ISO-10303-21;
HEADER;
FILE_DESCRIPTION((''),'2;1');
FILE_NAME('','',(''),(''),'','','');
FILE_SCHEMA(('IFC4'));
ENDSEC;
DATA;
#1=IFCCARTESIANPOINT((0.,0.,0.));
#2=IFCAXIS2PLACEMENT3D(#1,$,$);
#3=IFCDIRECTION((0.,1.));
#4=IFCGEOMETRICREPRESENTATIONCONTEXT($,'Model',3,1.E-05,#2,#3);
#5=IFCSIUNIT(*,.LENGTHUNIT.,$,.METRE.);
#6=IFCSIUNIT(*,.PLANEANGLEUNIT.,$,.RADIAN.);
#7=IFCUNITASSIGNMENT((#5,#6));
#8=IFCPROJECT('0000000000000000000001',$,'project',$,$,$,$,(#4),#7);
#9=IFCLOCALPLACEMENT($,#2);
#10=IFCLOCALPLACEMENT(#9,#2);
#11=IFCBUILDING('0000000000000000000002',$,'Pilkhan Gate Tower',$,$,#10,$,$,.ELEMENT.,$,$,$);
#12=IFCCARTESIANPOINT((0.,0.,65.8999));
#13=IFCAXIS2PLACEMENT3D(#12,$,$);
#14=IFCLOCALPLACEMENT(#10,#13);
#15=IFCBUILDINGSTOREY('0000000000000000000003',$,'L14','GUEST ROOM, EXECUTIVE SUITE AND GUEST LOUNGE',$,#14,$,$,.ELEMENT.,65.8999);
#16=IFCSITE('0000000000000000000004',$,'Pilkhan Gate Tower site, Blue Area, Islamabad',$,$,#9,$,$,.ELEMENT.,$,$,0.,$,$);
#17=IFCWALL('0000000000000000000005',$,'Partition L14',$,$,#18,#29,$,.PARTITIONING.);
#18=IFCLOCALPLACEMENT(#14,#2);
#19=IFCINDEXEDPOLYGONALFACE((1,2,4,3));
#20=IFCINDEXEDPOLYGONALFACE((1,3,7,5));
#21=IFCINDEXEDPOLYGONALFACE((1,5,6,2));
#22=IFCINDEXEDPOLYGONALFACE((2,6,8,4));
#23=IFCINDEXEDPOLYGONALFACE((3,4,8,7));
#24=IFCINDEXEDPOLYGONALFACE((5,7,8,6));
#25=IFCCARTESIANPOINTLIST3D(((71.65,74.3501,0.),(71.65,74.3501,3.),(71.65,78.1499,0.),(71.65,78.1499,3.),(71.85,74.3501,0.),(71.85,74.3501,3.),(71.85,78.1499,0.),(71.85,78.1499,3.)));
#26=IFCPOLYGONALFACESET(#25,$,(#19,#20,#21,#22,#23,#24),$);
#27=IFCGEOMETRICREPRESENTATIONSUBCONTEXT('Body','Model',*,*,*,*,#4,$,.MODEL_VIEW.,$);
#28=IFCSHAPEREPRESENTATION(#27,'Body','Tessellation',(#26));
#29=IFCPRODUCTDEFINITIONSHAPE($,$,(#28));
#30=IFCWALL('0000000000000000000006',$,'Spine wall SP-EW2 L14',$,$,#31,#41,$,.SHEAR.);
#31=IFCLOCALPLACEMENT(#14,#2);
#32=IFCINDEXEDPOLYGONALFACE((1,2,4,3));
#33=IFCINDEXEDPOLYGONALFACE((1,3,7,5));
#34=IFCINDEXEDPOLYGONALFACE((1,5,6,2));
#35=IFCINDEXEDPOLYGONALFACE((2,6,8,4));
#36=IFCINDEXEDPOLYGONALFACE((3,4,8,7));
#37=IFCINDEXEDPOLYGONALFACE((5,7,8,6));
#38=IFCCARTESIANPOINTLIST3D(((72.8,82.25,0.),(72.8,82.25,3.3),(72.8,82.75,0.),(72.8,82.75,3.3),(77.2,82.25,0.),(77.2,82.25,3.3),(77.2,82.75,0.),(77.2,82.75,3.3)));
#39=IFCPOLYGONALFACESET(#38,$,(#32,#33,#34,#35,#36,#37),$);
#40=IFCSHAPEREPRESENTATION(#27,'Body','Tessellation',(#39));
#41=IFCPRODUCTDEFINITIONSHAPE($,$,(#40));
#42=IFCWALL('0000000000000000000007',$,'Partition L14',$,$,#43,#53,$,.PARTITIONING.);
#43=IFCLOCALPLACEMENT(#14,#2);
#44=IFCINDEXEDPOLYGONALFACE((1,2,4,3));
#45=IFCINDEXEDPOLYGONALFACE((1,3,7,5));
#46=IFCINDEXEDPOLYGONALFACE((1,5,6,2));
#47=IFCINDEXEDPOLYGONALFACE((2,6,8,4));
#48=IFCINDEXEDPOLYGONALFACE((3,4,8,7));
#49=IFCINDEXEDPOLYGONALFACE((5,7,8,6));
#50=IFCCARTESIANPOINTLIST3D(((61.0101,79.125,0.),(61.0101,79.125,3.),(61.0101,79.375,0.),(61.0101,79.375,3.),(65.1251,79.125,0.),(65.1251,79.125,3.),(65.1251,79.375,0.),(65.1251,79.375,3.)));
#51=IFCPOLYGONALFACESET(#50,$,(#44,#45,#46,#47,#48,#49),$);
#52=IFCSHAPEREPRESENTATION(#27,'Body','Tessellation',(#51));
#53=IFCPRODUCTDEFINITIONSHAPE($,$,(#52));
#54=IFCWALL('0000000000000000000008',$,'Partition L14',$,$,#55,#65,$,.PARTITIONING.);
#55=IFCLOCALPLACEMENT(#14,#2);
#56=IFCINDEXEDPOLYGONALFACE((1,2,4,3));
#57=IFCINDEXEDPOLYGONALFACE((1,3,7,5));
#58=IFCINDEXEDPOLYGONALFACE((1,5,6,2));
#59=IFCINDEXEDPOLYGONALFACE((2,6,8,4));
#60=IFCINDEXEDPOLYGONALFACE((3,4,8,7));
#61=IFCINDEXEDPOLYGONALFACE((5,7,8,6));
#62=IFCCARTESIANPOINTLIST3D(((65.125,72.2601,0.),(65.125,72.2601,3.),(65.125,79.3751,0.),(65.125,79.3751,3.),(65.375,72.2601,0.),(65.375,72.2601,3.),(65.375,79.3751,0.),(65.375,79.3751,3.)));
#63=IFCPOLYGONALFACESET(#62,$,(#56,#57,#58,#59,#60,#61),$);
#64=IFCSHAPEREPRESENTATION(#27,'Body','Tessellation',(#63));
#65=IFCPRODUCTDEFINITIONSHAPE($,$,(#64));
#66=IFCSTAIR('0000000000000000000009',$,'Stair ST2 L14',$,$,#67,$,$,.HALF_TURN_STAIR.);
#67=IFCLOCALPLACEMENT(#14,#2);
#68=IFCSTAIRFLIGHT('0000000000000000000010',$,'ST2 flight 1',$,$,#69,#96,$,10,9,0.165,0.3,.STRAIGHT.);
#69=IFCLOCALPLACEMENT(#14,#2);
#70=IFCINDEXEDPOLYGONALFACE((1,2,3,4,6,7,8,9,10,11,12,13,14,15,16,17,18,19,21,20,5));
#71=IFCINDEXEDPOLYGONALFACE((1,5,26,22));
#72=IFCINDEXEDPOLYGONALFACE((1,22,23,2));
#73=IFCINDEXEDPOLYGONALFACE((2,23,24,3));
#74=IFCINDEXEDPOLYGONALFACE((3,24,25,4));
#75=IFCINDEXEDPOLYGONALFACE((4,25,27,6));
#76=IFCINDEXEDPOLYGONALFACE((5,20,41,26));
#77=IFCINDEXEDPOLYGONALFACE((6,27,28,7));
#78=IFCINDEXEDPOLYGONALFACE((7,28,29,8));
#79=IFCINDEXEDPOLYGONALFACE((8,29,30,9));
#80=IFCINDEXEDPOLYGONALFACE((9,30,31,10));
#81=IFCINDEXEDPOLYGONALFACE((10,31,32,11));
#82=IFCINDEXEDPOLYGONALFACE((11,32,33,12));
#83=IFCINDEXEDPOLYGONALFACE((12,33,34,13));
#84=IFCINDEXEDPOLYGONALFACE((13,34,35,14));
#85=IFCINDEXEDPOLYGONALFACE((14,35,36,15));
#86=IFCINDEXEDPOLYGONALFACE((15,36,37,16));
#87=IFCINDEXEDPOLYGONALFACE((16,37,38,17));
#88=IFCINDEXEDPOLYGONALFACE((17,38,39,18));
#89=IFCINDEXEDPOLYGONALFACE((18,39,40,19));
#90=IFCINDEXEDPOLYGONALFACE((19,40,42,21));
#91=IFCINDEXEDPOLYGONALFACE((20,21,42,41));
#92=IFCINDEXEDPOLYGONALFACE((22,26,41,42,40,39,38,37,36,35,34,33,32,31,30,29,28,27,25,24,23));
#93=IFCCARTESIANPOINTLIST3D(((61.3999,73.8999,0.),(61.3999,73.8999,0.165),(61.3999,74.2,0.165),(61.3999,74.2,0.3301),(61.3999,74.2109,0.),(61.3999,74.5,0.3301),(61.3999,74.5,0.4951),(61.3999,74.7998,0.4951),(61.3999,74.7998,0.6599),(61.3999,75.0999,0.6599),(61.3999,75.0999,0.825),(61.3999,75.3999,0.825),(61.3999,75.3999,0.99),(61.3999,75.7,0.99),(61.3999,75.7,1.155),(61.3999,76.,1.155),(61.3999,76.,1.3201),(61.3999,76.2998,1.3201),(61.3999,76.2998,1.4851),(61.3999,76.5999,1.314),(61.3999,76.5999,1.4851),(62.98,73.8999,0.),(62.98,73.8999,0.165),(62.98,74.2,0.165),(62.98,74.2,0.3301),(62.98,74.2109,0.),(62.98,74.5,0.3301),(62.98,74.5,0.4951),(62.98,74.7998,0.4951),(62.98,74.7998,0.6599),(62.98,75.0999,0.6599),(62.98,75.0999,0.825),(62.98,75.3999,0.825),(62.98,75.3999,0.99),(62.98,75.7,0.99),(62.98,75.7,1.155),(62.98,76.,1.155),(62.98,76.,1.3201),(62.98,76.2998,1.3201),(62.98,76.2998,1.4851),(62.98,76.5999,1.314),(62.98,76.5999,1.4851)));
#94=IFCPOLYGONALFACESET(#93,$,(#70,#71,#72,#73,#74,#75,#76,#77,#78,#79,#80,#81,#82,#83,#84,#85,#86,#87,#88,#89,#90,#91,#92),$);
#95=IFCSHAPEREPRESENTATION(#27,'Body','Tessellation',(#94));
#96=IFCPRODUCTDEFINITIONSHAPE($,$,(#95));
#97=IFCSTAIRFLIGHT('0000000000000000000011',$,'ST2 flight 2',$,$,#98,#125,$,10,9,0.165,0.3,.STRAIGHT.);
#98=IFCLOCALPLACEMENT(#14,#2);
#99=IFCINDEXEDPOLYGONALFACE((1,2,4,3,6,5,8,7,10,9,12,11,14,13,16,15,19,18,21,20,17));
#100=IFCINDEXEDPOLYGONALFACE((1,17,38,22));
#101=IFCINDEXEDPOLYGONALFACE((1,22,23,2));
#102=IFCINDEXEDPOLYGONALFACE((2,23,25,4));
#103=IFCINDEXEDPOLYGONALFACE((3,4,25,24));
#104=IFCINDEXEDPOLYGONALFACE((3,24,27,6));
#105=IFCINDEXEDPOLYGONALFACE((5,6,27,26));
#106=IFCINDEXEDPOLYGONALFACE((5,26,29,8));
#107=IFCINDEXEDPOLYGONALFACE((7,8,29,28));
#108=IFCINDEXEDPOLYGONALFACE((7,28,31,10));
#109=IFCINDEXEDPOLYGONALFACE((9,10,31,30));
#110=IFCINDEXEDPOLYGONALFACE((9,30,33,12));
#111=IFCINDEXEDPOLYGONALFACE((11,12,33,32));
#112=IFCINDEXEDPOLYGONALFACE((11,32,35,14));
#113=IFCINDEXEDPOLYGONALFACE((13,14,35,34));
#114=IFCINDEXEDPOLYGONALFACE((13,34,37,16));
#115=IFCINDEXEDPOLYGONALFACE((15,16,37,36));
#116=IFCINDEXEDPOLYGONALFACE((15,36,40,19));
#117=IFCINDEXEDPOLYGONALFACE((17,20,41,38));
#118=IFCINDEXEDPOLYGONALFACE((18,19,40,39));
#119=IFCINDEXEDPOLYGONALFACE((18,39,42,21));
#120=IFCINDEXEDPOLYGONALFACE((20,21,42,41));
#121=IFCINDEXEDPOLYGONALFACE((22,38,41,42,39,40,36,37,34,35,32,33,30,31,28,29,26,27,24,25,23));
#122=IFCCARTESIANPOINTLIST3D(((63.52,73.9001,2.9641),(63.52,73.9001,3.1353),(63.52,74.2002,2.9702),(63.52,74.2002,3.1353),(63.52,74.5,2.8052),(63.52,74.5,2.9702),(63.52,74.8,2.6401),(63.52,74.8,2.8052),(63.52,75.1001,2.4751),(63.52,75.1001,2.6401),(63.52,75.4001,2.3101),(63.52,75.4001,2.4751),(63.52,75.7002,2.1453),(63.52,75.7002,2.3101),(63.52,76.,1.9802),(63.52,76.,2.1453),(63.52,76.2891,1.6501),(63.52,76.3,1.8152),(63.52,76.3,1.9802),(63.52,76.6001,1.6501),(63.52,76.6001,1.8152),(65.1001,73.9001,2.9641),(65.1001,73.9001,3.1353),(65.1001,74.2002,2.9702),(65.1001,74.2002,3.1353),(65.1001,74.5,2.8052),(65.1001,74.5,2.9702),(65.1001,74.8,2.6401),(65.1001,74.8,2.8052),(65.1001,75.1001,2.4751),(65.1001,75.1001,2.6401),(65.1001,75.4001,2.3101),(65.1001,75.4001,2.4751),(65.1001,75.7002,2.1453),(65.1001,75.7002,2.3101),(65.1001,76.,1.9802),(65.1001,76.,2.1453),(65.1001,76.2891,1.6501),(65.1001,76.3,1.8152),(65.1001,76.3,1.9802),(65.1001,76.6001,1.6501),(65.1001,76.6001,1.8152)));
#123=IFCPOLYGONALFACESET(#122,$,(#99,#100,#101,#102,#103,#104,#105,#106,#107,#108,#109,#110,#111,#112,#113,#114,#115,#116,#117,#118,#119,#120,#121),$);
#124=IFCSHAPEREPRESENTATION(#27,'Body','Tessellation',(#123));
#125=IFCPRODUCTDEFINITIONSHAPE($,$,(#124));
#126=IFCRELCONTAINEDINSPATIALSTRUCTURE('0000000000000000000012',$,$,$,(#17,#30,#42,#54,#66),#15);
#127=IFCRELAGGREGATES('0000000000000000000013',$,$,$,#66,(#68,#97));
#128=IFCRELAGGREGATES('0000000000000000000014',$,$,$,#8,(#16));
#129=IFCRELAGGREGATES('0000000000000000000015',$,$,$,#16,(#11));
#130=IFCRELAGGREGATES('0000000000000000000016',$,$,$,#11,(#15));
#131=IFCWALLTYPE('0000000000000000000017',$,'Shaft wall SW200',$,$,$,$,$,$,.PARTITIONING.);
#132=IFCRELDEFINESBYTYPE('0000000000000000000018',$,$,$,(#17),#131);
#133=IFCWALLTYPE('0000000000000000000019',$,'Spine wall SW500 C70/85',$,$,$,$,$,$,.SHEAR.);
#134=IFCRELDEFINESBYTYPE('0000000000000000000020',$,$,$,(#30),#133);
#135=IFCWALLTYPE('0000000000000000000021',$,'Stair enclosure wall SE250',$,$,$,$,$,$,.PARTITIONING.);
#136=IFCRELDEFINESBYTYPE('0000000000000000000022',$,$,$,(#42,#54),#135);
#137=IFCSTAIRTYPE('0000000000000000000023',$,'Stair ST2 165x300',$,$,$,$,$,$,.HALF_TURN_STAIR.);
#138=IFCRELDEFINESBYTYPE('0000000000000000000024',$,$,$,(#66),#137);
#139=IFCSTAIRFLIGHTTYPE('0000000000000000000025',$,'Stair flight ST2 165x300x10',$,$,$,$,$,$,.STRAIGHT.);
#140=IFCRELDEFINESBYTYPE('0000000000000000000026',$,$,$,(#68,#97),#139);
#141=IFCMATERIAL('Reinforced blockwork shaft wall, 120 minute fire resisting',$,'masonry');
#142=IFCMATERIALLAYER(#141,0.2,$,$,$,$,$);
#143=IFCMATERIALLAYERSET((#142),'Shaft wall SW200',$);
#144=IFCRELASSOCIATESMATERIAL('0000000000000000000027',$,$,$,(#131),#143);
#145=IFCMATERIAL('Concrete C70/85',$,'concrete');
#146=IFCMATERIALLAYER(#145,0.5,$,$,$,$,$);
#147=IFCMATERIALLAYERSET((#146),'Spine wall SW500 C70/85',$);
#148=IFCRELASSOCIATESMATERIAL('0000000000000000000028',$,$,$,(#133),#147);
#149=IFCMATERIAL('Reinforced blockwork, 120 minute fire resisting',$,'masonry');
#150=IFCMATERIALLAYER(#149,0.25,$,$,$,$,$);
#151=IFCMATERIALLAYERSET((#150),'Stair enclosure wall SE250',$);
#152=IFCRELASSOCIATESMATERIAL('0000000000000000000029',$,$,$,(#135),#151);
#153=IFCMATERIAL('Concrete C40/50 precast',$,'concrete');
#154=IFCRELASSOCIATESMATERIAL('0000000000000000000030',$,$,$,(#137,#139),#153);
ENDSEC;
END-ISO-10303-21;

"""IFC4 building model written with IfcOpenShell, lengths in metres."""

from ifc_helpers import new_model, si_unit, direction, frame, frame_2d, origin, place, context, subcontext, project, spatial, polyline, rectangle, outline, extrude, material, layer, layer_set, type_object, element, aggregate, save


model = new_model("IFC4")

# Units and contexts
model_context = context("Model", 3, precision=1e-05, world=origin(), true_north=direction((0.0, 1.0)))
body_context = subcontext(model_context, "Body", "Model", "MODEL_VIEW")
ifc_project = project(units=[si_unit("LENGTHUNIT", "METRE"), si_unit("PLANEANGLEUNIT", "RADIAN")], contexts=[model_context])

# Site, building, storey
site_placement = place(None, origin())
site = spatial("IfcSite", under=ifc_project, at=site_placement, Name="Pilkhan Gate Tower site, Blue Area, Islamabad", CompositionType="ELEMENT", RefElevation=0.0)
building_placement = place(site_placement, origin())
building = spatial("IfcBuilding", under=site, at=building_placement, Name="Pilkhan Gate Tower", CompositionType="ELEMENT")
storey_placement = place(building_placement, frame((0.0, 0.0, 65.8999)))
storey = spatial("IfcBuildingStorey", under=building, at=storey_placement, Name="L14", Description="GUEST ROOM, EXECUTIVE SUITE AND GUEST LOUNGE", CompositionType="ELEMENT", Elevation=65.8999)

# Shared definitions
ifc_material_1 = material(Name="Concrete C70/85", Category="concrete")

# Shared definitions
ifc_material_2 = material(Name="Reinforced blockwork shaft wall, 120 minute fire resisting", Category="masonry")
ifc_layer_1 = layer(ifc_material_2, 0.2)
ifc_layer_set_1 = layer_set([ifc_layer_1], Name="Shaft wall SW200")
wall_type_1 = type_object("IfcWallType", Name="Shaft wall SW200", PredefinedType="PARTITIONING", material=ifc_layer_set_1)

# Walls
for number, where, z_axis, x_axis, name in (
    (1, (71.75, 74.3501, 0.0), (0.0, 0.0, 1.0), (0.0, 1.0, 0.0), "Partition L14"),
):
    element("IfcWall", number, at=place(storey_placement, frame(where, z_axis=z_axis, x_axis=x_axis)), inside=storey, type_object=wall_type_1, Name=name, PredefinedType="PARTITIONING", context=body_context, shape_type="SweptSolid", body=[
        extrude(rectangle(XDim=3.7998, YDim=0.2, at=frame_2d((1.8999, 0.0))), origin(), (0.0, 0.0, 1.0), 3.0),
    ])
ifc_layer_2 = layer(ifc_material_1, 0.5)
ifc_layer_set_2 = layer_set([ifc_layer_2], Name="Spine wall SW500 C70/85")
wall_type_2 = type_object("IfcWallType", Name="Spine wall SW500 C70/85", PredefinedType="SHEAR", material=ifc_layer_set_2)
wall_1_placement = place(storey_placement, frame((72.8, 82.5, 0.0), z_axis=(0.0, 0.0, 1.0), x_axis=(1.0, 0.0, 0.0)))
element("IfcWall", 2, at=wall_1_placement, inside=storey, type_object=wall_type_2, Name="Spine wall SP-EW2 L14", PredefinedType="SHEAR", context=body_context, shape_type="SweptSolid", body=[
    extrude(rectangle(XDim=4.3999, YDim=0.5, at=frame_2d((2.2, 0.0))), origin(), (0.0, 0.0, 1.0), 3.3),
])
ifc_material_3 = material(Name="Reinforced blockwork, 120 minute fire resisting", Category="masonry")
ifc_layer_3 = layer(ifc_material_3, 0.25)
ifc_layer_set_3 = layer_set([ifc_layer_3], Name="Stair enclosure wall SE250")
wall_type_3 = type_object("IfcWallType", Name="Stair enclosure wall SE250", PredefinedType="PARTITIONING", material=ifc_layer_set_3)
wall_2_placement = place(storey_placement, frame((61.01, 79.25, 0.0), z_axis=(0.0, 0.0, 1.0), x_axis=(1.0, 0.0, 0.0)))
element("IfcWall", 3, at=wall_2_placement, inside=storey, type_object=wall_type_3, Name="Partition L14", PredefinedType="PARTITIONING", context=body_context, shape_type="SweptSolid", body=[
    extrude(rectangle(XDim=4.115, YDim=0.25, at=frame_2d((2.0576, 0.0))), origin(), (0.0, 0.0, 1.0), 3.0),
])
wall_3_placement = place(storey_placement, frame((65.25, 72.26, 0.0), z_axis=(0.0, 0.0, 1.0), x_axis=(0.0, 1.0, 0.0)))
element("IfcWall", 4, at=wall_3_placement, inside=storey, type_object=wall_type_3, Name="Partition L14", PredefinedType="PARTITIONING", context=body_context, shape_type="SweptSolid", body=[
    extrude(rectangle(XDim=7.115, YDim=0.25, at=frame_2d((3.5576, 0.0))), origin(), (0.0, 0.0, 1.0), 3.0),
])

# Stair, stair flights
ifc_material_4 = material(Name="Concrete C40/50 precast", Category="concrete")
stair_type = type_object("IfcStairType", Name="Stair ST2 165x300", PredefinedType="HALF_TURN_STAIR", material=ifc_material_4)
stair_placement = place(storey_placement, origin())
stair = element("IfcStair", 5, at=stair_placement, inside=storey, type_object=stair_type, Name="Stair ST2 L14", PredefinedType="HALF_TURN_STAIR")
stair_flight_type = type_object("IfcStairFlightType", Name="Stair flight ST2 165x300x10", PredefinedType="STRAIGHT", material=ifc_material_4)
stair_flight_1_placement = place(storey_placement, frame((62.1899, 73.8999, 0.0), z_axis=(0.0, 0.0, 1.0), x_axis=(0.0, 1.0, 0.0)))
stair_flight_1 = element("IfcStairFlight", 6, at=stair_flight_1_placement, type_object=stair_flight_type, Name="ST2 flight 1", NumberOfRisers=10, NumberOfTreads=9, PredefinedType="STRAIGHT", RiserHeight=0.165, TreadLength=0.3, context=body_context, shape_type="SweptSolid", body=[
    extrude(outline(polyline([(0.0, 0.0), (0.0, 0.165), (0.3, 0.165), (0.3, 0.3301), (0.6001, 0.3301), (0.6001, 0.4951), (0.8999, 0.4951), (0.8999, 0.6599), (1.2, 0.6599), (1.2, 0.825), (1.5, 0.825), (1.5, 0.99), (1.8, 0.99), (1.8, 1.155), (2.1001, 1.155), (2.1001, 1.3201), (2.3999, 1.3201), (2.3999, 1.4851), (2.7, 1.4851), (2.7, 1.6499), (2.7, 1.314), (0.311, 0.0), (0.0, 0.0)])), frame((0.0, 0.79, 0.0), z_axis=(0.0, -1.0, 0.0), x_axis=(1.0, 0.0, 0.0)), (0.0, 0.0, 1.0), 1.5801),
])
stair_flight_2_placement = place(storey_placement, frame((64.3101, 76.6001, 1.6501), z_axis=(0.0, 0.0, 1.0), x_axis=(0.0, -1.0, 0.0)))
stair_flight_2 = element("IfcStairFlight", 7, at=stair_flight_2_placement, type_object=stair_flight_type, Name="ST2 flight 2", NumberOfRisers=10, NumberOfTreads=9, PredefinedType="STRAIGHT", RiserHeight=0.165, TreadLength=0.3, context=body_context, shape_type="SweptSolid", body=[
    extrude(outline(polyline([(0.0, 0.0), (0.0, 0.165), (0.3, 0.165), (0.3, 0.3301), (0.6001, 0.3301), (0.6001, 0.4951), (0.8999, 0.4951), (0.8999, 0.6599), (1.2, 0.6599), (1.2, 0.825), (1.5, 0.825), (1.5, 0.99), (1.8, 0.99), (1.8, 1.155), (2.1001, 1.155), (2.1001, 1.3201), (2.3999, 1.3201), (2.3999, 1.4851), (2.7, 1.4851), (2.7, 1.6499), (2.7, 1.314), (0.311, 0.0), (0.0, 0.0)])), frame((0.0, 0.79, 0.0), z_axis=(0.0, -1.0, 0.0), x_axis=(1.0, 0.0, 0.0)), (0.0, 0.0, 1.0), 1.5801),
])
aggregate(stair, [stair_flight_1, stair_flight_2])

save(model, "model.ifc")
